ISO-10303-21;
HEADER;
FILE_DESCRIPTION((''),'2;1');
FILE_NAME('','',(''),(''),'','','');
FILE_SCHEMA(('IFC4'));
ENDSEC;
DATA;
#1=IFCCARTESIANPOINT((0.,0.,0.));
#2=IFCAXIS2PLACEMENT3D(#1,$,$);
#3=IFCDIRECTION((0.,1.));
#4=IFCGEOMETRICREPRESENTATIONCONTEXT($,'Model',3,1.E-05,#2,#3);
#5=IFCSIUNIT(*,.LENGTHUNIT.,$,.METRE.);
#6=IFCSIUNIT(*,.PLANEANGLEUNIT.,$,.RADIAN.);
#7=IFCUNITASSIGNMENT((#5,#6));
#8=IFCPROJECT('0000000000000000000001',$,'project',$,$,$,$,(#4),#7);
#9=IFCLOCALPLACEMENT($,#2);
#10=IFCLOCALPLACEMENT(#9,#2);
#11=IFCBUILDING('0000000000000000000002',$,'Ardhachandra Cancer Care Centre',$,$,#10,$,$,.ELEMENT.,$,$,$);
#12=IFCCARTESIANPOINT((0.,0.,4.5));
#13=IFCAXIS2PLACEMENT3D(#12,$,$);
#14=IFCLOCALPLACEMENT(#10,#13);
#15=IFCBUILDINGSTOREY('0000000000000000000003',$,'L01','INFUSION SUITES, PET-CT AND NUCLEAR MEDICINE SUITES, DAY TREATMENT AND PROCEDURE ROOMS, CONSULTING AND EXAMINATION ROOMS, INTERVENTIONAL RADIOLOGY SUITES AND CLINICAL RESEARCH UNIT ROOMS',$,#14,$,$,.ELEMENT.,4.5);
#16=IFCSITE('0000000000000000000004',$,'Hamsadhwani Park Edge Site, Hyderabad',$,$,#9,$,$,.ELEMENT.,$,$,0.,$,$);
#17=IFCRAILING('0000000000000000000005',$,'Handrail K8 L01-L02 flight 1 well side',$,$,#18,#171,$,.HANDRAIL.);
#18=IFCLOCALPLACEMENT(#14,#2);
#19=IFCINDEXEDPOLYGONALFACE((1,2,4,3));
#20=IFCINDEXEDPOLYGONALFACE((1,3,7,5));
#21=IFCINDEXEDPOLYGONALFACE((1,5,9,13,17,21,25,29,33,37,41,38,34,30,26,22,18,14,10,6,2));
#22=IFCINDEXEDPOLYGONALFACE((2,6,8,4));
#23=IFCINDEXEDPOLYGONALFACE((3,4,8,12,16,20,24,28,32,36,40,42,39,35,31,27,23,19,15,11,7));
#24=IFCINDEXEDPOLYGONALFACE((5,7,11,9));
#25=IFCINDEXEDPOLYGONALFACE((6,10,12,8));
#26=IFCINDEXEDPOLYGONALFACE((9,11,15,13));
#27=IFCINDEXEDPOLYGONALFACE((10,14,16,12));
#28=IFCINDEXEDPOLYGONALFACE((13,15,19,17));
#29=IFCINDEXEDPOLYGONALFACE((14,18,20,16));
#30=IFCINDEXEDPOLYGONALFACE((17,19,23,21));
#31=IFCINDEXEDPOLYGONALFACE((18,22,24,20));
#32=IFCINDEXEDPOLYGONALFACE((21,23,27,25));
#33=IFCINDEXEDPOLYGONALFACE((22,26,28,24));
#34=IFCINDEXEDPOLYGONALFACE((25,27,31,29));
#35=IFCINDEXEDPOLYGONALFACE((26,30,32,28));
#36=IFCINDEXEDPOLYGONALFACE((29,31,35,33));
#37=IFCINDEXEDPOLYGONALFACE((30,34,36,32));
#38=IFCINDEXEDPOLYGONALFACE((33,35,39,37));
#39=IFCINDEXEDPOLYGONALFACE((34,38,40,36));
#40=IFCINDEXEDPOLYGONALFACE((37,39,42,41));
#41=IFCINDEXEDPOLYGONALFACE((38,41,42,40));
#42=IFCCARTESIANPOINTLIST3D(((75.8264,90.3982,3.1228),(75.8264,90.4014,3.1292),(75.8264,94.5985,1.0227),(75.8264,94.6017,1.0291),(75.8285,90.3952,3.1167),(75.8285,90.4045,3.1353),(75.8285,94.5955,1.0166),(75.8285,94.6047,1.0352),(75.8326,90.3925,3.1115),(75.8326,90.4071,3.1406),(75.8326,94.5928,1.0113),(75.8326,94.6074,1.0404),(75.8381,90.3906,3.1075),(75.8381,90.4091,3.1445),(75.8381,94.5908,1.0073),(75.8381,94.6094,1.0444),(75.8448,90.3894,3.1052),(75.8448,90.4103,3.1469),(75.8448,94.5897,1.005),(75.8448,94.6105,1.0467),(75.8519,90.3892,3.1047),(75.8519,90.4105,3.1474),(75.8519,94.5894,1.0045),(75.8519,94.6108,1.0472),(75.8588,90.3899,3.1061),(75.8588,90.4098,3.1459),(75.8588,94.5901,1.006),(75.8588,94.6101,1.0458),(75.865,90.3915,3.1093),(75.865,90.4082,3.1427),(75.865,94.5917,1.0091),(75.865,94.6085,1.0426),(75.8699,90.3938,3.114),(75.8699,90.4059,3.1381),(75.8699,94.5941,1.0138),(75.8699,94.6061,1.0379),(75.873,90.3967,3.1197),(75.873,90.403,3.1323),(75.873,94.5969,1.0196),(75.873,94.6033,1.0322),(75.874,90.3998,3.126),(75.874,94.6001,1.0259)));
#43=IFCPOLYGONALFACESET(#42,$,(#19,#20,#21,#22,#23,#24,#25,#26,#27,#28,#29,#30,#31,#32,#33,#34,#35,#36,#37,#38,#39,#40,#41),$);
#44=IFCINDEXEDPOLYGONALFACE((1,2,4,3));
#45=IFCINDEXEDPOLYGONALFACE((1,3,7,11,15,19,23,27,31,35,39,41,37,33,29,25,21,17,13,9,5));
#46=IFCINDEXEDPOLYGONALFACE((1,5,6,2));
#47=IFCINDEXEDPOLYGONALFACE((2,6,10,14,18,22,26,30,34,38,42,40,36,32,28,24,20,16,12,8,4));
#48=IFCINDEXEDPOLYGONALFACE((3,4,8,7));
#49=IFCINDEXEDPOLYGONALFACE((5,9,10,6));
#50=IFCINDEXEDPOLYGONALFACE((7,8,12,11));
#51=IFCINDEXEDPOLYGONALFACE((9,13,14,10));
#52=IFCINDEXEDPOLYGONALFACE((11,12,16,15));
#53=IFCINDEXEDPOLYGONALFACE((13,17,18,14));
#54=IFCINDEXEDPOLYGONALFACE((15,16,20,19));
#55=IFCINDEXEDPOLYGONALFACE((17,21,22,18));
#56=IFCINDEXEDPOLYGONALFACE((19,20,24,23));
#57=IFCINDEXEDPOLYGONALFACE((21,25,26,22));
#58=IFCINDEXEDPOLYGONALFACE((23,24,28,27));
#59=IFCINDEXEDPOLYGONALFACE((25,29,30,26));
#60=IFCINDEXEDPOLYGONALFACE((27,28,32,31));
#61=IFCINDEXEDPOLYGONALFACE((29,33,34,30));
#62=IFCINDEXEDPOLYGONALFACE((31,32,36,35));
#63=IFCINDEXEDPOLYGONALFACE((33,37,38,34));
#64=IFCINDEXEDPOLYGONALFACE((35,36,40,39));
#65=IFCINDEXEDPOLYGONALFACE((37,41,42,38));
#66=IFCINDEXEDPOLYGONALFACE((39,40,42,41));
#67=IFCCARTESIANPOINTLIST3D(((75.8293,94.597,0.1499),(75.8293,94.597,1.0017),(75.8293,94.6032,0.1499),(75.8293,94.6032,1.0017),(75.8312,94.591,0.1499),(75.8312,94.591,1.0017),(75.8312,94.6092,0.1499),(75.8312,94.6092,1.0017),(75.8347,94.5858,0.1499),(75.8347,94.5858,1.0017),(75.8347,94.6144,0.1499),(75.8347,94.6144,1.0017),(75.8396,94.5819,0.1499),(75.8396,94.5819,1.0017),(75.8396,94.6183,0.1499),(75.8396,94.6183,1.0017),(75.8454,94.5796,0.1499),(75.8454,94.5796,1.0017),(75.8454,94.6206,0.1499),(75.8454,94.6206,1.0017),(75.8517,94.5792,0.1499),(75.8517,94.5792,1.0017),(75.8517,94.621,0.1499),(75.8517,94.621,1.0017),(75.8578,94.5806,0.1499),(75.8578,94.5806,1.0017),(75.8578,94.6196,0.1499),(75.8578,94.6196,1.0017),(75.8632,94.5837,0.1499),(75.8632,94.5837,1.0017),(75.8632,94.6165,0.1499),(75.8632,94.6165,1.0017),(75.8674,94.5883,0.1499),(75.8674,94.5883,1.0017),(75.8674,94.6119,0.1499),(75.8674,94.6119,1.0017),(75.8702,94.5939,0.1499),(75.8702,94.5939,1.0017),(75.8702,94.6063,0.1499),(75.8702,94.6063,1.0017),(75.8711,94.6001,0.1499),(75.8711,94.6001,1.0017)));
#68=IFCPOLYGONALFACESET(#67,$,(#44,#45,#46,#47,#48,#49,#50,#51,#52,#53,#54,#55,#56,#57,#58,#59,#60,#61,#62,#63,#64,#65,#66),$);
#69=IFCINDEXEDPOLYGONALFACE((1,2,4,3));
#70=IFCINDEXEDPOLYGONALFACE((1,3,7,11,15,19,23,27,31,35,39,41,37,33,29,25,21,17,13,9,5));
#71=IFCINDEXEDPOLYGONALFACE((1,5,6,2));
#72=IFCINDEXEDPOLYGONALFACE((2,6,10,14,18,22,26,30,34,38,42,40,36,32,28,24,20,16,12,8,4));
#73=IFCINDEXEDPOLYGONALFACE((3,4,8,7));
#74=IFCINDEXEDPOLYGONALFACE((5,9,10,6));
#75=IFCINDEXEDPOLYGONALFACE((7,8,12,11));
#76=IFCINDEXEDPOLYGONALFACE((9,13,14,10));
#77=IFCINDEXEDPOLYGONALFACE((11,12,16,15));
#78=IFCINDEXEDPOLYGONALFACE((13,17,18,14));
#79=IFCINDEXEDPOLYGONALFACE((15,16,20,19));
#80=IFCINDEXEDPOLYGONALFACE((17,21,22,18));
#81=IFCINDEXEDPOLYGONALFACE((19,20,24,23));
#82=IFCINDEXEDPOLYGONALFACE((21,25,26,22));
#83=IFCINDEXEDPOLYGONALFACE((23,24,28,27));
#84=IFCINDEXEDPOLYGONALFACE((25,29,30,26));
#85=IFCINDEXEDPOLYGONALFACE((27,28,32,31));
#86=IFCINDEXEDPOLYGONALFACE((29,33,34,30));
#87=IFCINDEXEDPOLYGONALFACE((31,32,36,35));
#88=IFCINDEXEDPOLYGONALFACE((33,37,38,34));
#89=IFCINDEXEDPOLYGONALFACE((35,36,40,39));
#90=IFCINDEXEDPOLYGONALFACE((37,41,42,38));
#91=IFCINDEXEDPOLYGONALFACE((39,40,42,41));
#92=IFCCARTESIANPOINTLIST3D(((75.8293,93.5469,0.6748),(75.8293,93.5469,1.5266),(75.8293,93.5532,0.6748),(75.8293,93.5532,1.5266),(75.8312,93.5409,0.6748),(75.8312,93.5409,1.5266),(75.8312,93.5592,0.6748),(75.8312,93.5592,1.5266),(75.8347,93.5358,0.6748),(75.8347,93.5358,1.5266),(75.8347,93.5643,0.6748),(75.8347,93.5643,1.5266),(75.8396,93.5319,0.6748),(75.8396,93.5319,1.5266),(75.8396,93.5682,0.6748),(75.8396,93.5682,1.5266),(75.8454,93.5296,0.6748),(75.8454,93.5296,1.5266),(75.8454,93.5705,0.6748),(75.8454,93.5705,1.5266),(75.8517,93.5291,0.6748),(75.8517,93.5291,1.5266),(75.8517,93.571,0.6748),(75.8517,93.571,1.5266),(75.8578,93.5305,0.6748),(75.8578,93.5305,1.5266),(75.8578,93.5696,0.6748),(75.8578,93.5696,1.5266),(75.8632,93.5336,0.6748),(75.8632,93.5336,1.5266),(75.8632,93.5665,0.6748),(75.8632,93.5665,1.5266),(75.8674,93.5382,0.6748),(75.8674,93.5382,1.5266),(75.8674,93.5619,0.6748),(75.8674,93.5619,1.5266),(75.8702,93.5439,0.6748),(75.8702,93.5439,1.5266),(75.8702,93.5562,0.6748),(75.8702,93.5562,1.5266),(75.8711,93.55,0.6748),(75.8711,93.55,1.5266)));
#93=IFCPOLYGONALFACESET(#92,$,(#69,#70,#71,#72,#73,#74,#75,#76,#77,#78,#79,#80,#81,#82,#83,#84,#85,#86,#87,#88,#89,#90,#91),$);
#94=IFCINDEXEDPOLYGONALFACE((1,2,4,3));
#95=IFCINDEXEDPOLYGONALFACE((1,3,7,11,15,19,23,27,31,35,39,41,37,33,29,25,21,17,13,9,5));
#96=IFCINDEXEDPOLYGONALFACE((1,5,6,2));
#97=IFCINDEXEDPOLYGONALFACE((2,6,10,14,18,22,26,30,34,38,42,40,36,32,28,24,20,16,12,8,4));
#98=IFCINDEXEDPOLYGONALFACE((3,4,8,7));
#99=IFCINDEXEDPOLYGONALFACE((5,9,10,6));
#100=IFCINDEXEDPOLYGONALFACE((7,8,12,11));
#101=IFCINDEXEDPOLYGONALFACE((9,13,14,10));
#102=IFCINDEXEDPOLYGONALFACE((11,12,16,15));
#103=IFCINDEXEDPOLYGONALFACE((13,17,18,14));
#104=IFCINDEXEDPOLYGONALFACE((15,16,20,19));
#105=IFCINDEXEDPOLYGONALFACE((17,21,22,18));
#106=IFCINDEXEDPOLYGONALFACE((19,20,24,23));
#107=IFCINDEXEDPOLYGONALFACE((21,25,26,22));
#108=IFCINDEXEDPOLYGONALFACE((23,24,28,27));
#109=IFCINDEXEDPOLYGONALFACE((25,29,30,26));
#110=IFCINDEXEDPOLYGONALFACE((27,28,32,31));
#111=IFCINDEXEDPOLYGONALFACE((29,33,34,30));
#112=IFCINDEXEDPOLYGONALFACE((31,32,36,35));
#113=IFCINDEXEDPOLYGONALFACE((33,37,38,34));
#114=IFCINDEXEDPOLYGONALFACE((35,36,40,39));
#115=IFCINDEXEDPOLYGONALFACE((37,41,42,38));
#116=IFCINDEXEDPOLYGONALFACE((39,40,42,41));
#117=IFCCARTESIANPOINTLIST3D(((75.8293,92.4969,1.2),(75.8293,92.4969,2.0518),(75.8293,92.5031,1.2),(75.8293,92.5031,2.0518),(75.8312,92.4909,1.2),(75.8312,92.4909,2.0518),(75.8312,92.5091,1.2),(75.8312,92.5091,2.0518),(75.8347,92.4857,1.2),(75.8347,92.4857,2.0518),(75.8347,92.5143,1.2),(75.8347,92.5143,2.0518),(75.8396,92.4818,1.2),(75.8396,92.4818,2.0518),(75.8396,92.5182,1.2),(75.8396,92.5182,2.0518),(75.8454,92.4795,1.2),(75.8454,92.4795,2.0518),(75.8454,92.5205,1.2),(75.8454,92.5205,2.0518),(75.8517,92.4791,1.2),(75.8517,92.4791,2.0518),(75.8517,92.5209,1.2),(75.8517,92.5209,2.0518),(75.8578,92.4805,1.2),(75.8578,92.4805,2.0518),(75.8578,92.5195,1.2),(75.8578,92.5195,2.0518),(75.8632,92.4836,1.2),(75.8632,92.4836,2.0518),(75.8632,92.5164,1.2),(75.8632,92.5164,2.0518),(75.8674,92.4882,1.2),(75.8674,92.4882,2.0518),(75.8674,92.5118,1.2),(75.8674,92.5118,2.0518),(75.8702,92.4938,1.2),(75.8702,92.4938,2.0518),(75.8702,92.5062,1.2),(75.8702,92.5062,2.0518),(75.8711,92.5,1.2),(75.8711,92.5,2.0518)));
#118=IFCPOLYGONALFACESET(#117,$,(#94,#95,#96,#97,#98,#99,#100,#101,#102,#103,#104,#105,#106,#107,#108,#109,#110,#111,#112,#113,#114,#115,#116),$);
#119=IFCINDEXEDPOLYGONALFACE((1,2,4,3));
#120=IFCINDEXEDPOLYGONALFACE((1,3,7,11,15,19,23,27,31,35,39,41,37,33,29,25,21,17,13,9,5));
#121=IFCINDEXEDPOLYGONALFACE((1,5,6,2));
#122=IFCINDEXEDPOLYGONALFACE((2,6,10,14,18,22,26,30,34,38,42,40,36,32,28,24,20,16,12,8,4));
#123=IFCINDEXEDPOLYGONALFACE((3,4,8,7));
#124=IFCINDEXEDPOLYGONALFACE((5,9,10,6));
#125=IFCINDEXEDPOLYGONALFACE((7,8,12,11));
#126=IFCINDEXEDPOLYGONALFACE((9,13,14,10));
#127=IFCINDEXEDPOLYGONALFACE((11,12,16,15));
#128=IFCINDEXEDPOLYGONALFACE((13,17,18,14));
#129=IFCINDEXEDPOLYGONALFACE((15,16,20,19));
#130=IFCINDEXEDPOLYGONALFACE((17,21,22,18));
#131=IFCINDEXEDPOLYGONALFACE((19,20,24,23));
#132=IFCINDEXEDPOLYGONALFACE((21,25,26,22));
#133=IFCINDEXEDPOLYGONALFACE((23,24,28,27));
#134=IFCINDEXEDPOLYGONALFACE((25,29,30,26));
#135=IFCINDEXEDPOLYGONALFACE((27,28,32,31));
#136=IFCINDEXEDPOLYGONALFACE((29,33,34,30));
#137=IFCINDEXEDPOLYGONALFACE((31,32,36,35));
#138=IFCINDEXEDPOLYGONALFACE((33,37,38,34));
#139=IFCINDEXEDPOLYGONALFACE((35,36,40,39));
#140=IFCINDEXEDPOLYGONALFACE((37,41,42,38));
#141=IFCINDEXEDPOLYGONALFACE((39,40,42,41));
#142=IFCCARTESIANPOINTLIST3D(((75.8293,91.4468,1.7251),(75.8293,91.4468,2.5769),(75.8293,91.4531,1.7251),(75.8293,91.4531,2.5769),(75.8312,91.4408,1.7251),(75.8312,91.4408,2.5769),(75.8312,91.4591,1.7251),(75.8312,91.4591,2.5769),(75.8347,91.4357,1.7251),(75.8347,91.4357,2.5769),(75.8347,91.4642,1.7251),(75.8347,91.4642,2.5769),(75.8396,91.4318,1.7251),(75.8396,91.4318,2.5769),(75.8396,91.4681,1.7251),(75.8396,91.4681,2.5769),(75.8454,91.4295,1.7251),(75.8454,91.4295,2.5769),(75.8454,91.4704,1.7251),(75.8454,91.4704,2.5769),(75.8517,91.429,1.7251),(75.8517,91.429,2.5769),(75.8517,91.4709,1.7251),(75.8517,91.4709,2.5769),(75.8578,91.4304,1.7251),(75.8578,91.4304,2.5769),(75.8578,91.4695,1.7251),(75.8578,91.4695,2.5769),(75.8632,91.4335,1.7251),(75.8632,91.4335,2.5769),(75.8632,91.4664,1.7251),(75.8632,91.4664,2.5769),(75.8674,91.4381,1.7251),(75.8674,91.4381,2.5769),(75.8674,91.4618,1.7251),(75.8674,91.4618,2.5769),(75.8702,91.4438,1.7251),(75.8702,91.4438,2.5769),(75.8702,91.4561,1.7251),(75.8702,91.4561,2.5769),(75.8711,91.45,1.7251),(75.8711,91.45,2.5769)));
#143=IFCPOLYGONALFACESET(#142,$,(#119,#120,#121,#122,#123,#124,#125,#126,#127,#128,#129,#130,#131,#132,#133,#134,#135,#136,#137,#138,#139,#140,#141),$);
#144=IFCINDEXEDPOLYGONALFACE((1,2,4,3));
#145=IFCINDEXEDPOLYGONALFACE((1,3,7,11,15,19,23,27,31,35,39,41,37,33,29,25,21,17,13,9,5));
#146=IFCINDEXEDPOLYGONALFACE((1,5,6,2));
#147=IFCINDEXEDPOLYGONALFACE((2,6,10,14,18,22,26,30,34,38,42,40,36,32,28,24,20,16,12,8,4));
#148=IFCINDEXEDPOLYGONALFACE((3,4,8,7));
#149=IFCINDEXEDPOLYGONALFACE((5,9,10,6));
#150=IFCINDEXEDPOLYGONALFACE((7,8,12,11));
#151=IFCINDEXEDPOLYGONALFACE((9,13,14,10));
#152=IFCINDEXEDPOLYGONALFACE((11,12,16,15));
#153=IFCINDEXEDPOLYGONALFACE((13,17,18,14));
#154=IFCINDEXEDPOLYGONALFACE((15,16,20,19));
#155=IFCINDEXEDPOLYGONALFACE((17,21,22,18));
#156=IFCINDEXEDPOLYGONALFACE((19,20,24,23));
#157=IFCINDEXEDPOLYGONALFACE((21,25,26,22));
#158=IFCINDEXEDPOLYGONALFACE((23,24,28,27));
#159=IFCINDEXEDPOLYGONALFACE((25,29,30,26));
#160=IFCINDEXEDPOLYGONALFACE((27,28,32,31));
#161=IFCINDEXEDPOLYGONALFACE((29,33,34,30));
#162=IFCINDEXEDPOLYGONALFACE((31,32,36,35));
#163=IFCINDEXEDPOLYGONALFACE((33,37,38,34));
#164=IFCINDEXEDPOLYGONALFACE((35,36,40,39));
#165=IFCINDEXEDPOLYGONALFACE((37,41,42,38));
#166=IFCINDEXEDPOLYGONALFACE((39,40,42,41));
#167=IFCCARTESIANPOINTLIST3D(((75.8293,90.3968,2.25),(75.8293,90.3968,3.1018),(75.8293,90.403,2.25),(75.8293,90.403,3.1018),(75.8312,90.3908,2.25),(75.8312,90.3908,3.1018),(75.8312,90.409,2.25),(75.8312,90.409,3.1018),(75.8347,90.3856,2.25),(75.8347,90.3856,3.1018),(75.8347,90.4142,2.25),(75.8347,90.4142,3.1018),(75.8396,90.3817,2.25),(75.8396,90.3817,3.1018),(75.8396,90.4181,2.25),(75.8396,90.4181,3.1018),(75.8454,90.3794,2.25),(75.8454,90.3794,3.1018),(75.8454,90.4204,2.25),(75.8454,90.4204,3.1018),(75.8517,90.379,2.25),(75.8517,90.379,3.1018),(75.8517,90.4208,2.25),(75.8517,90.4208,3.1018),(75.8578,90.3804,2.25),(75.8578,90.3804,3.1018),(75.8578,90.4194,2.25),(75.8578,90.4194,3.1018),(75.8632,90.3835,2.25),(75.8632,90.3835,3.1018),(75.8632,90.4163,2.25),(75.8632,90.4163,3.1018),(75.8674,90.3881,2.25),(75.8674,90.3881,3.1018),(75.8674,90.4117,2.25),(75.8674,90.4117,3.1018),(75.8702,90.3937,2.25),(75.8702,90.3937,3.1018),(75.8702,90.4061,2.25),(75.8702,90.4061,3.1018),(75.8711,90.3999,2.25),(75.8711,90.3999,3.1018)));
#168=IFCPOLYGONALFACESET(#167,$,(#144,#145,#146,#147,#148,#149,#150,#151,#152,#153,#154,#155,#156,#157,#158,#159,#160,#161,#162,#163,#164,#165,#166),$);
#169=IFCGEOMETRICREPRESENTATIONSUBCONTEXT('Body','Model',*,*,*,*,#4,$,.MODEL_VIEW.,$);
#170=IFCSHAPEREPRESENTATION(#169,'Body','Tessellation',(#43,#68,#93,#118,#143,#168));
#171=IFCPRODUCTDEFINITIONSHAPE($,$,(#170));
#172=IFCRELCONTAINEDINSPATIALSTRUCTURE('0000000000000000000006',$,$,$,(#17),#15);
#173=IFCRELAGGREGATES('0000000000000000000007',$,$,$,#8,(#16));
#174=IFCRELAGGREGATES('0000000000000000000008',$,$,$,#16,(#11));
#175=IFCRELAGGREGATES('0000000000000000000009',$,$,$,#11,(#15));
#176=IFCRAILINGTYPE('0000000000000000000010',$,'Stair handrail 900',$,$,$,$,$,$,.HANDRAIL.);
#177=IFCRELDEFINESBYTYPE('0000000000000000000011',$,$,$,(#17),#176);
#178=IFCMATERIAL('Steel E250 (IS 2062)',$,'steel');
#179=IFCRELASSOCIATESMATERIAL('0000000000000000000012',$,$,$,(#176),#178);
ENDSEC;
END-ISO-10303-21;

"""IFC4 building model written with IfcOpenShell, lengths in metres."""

from ifc_helpers import new_model, si_unit, direction, frame, origin, origin_2d, place, context, subcontext, project, spatial, circle, extrude, material, type_object, element, save


model = new_model("IFC4")

# Units and contexts
model_context = context("Model", 3, precision=1e-05, world=origin(), true_north=direction((0.0, 1.0)))
body_context = subcontext(model_context, "Body", "Model", "MODEL_VIEW")
ifc_project = project(units=[si_unit("LENGTHUNIT", "METRE"), si_unit("PLANEANGLEUNIT", "RADIAN")], contexts=[model_context])

# Site, building, storey
site_placement = place(None, origin())
site = spatial("IfcSite", under=ifc_project, at=site_placement, Name="Hamsadhwani Park Edge Site, Hyderabad", CompositionType="ELEMENT", RefElevation=0.0)
building_placement = place(site_placement, origin())
building = spatial("IfcBuilding", under=site, at=building_placement, Name="Ardhachandra Cancer Care Centre", CompositionType="ELEMENT")
storey_placement = place(building_placement, frame((0.0, 0.0, 4.5)))
storey = spatial("IfcBuildingStorey", under=building, at=storey_placement, Name="L01", Description="INFUSION SUITES, PET-CT AND NUCLEAR MEDICINE SUITES, DAY TREATMENT AND PROCEDURE ROOMS, CONSULTING AND EXAMINATION ROOMS, INTERVENTIONAL RADIOLOGY SUITES AND CLINICAL RESEARCH UNIT ROOMS", CompositionType="ELEMENT", Elevation=4.5)

# Railing
ifc_material_1 = material(Name="Steel E250 (IS 2062)", Category="steel")
railing_type_1 = type_object("IfcRailingType", Name="Stair handrail 900", PredefinedType="HANDRAIL", material=ifc_material_1)
for number, where, name in (
    (1, (75.8501, 94.6001, 0.1499), "Handrail K8 L01-L02 flight 1 well side"),
):
    element("IfcRailing", number, at=place(storey_placement, frame(where)), inside=storey, type_object=railing_type_1, Name=name, PredefinedType="HANDRAIL", context=body_context, shape_type="SweptSolid", body=[
        extrude(circle(Radius=0.0239, at=origin_2d()), frame((0.0, 0.0, 0.876), z_axis=(0.0, -0.894427, 0.447214), x_axis=(1.0, 0.0, 0.0)), (0.0, 0.0, 1.0), 4.696),
        extrude(circle(Radius=0.021, at=origin_2d()), origin(), (0.0, 0.0, 1.0), 0.8518),
        extrude(circle(Radius=0.021, at=origin_2d()), frame((0.0, -1.05, 0.5249)), (0.0, 0.0, 1.0), 0.8518),
        extrude(circle(Radius=0.021, at=origin_2d()), frame((0.0, -2.1001, 1.05)), (0.0, 0.0, 1.0), 0.8518),
        extrude(circle(Radius=0.021, at=origin_2d()), frame((0.0, -3.1501, 1.5752)), (0.0, 0.0, 1.0), 0.8518),
        extrude(circle(Radius=0.021, at=origin_2d()), frame((0.0, -4.2002, 2.1001)), (0.0, 0.0, 1.0), 0.8518),
    ])

save(model, "model.ifc")
